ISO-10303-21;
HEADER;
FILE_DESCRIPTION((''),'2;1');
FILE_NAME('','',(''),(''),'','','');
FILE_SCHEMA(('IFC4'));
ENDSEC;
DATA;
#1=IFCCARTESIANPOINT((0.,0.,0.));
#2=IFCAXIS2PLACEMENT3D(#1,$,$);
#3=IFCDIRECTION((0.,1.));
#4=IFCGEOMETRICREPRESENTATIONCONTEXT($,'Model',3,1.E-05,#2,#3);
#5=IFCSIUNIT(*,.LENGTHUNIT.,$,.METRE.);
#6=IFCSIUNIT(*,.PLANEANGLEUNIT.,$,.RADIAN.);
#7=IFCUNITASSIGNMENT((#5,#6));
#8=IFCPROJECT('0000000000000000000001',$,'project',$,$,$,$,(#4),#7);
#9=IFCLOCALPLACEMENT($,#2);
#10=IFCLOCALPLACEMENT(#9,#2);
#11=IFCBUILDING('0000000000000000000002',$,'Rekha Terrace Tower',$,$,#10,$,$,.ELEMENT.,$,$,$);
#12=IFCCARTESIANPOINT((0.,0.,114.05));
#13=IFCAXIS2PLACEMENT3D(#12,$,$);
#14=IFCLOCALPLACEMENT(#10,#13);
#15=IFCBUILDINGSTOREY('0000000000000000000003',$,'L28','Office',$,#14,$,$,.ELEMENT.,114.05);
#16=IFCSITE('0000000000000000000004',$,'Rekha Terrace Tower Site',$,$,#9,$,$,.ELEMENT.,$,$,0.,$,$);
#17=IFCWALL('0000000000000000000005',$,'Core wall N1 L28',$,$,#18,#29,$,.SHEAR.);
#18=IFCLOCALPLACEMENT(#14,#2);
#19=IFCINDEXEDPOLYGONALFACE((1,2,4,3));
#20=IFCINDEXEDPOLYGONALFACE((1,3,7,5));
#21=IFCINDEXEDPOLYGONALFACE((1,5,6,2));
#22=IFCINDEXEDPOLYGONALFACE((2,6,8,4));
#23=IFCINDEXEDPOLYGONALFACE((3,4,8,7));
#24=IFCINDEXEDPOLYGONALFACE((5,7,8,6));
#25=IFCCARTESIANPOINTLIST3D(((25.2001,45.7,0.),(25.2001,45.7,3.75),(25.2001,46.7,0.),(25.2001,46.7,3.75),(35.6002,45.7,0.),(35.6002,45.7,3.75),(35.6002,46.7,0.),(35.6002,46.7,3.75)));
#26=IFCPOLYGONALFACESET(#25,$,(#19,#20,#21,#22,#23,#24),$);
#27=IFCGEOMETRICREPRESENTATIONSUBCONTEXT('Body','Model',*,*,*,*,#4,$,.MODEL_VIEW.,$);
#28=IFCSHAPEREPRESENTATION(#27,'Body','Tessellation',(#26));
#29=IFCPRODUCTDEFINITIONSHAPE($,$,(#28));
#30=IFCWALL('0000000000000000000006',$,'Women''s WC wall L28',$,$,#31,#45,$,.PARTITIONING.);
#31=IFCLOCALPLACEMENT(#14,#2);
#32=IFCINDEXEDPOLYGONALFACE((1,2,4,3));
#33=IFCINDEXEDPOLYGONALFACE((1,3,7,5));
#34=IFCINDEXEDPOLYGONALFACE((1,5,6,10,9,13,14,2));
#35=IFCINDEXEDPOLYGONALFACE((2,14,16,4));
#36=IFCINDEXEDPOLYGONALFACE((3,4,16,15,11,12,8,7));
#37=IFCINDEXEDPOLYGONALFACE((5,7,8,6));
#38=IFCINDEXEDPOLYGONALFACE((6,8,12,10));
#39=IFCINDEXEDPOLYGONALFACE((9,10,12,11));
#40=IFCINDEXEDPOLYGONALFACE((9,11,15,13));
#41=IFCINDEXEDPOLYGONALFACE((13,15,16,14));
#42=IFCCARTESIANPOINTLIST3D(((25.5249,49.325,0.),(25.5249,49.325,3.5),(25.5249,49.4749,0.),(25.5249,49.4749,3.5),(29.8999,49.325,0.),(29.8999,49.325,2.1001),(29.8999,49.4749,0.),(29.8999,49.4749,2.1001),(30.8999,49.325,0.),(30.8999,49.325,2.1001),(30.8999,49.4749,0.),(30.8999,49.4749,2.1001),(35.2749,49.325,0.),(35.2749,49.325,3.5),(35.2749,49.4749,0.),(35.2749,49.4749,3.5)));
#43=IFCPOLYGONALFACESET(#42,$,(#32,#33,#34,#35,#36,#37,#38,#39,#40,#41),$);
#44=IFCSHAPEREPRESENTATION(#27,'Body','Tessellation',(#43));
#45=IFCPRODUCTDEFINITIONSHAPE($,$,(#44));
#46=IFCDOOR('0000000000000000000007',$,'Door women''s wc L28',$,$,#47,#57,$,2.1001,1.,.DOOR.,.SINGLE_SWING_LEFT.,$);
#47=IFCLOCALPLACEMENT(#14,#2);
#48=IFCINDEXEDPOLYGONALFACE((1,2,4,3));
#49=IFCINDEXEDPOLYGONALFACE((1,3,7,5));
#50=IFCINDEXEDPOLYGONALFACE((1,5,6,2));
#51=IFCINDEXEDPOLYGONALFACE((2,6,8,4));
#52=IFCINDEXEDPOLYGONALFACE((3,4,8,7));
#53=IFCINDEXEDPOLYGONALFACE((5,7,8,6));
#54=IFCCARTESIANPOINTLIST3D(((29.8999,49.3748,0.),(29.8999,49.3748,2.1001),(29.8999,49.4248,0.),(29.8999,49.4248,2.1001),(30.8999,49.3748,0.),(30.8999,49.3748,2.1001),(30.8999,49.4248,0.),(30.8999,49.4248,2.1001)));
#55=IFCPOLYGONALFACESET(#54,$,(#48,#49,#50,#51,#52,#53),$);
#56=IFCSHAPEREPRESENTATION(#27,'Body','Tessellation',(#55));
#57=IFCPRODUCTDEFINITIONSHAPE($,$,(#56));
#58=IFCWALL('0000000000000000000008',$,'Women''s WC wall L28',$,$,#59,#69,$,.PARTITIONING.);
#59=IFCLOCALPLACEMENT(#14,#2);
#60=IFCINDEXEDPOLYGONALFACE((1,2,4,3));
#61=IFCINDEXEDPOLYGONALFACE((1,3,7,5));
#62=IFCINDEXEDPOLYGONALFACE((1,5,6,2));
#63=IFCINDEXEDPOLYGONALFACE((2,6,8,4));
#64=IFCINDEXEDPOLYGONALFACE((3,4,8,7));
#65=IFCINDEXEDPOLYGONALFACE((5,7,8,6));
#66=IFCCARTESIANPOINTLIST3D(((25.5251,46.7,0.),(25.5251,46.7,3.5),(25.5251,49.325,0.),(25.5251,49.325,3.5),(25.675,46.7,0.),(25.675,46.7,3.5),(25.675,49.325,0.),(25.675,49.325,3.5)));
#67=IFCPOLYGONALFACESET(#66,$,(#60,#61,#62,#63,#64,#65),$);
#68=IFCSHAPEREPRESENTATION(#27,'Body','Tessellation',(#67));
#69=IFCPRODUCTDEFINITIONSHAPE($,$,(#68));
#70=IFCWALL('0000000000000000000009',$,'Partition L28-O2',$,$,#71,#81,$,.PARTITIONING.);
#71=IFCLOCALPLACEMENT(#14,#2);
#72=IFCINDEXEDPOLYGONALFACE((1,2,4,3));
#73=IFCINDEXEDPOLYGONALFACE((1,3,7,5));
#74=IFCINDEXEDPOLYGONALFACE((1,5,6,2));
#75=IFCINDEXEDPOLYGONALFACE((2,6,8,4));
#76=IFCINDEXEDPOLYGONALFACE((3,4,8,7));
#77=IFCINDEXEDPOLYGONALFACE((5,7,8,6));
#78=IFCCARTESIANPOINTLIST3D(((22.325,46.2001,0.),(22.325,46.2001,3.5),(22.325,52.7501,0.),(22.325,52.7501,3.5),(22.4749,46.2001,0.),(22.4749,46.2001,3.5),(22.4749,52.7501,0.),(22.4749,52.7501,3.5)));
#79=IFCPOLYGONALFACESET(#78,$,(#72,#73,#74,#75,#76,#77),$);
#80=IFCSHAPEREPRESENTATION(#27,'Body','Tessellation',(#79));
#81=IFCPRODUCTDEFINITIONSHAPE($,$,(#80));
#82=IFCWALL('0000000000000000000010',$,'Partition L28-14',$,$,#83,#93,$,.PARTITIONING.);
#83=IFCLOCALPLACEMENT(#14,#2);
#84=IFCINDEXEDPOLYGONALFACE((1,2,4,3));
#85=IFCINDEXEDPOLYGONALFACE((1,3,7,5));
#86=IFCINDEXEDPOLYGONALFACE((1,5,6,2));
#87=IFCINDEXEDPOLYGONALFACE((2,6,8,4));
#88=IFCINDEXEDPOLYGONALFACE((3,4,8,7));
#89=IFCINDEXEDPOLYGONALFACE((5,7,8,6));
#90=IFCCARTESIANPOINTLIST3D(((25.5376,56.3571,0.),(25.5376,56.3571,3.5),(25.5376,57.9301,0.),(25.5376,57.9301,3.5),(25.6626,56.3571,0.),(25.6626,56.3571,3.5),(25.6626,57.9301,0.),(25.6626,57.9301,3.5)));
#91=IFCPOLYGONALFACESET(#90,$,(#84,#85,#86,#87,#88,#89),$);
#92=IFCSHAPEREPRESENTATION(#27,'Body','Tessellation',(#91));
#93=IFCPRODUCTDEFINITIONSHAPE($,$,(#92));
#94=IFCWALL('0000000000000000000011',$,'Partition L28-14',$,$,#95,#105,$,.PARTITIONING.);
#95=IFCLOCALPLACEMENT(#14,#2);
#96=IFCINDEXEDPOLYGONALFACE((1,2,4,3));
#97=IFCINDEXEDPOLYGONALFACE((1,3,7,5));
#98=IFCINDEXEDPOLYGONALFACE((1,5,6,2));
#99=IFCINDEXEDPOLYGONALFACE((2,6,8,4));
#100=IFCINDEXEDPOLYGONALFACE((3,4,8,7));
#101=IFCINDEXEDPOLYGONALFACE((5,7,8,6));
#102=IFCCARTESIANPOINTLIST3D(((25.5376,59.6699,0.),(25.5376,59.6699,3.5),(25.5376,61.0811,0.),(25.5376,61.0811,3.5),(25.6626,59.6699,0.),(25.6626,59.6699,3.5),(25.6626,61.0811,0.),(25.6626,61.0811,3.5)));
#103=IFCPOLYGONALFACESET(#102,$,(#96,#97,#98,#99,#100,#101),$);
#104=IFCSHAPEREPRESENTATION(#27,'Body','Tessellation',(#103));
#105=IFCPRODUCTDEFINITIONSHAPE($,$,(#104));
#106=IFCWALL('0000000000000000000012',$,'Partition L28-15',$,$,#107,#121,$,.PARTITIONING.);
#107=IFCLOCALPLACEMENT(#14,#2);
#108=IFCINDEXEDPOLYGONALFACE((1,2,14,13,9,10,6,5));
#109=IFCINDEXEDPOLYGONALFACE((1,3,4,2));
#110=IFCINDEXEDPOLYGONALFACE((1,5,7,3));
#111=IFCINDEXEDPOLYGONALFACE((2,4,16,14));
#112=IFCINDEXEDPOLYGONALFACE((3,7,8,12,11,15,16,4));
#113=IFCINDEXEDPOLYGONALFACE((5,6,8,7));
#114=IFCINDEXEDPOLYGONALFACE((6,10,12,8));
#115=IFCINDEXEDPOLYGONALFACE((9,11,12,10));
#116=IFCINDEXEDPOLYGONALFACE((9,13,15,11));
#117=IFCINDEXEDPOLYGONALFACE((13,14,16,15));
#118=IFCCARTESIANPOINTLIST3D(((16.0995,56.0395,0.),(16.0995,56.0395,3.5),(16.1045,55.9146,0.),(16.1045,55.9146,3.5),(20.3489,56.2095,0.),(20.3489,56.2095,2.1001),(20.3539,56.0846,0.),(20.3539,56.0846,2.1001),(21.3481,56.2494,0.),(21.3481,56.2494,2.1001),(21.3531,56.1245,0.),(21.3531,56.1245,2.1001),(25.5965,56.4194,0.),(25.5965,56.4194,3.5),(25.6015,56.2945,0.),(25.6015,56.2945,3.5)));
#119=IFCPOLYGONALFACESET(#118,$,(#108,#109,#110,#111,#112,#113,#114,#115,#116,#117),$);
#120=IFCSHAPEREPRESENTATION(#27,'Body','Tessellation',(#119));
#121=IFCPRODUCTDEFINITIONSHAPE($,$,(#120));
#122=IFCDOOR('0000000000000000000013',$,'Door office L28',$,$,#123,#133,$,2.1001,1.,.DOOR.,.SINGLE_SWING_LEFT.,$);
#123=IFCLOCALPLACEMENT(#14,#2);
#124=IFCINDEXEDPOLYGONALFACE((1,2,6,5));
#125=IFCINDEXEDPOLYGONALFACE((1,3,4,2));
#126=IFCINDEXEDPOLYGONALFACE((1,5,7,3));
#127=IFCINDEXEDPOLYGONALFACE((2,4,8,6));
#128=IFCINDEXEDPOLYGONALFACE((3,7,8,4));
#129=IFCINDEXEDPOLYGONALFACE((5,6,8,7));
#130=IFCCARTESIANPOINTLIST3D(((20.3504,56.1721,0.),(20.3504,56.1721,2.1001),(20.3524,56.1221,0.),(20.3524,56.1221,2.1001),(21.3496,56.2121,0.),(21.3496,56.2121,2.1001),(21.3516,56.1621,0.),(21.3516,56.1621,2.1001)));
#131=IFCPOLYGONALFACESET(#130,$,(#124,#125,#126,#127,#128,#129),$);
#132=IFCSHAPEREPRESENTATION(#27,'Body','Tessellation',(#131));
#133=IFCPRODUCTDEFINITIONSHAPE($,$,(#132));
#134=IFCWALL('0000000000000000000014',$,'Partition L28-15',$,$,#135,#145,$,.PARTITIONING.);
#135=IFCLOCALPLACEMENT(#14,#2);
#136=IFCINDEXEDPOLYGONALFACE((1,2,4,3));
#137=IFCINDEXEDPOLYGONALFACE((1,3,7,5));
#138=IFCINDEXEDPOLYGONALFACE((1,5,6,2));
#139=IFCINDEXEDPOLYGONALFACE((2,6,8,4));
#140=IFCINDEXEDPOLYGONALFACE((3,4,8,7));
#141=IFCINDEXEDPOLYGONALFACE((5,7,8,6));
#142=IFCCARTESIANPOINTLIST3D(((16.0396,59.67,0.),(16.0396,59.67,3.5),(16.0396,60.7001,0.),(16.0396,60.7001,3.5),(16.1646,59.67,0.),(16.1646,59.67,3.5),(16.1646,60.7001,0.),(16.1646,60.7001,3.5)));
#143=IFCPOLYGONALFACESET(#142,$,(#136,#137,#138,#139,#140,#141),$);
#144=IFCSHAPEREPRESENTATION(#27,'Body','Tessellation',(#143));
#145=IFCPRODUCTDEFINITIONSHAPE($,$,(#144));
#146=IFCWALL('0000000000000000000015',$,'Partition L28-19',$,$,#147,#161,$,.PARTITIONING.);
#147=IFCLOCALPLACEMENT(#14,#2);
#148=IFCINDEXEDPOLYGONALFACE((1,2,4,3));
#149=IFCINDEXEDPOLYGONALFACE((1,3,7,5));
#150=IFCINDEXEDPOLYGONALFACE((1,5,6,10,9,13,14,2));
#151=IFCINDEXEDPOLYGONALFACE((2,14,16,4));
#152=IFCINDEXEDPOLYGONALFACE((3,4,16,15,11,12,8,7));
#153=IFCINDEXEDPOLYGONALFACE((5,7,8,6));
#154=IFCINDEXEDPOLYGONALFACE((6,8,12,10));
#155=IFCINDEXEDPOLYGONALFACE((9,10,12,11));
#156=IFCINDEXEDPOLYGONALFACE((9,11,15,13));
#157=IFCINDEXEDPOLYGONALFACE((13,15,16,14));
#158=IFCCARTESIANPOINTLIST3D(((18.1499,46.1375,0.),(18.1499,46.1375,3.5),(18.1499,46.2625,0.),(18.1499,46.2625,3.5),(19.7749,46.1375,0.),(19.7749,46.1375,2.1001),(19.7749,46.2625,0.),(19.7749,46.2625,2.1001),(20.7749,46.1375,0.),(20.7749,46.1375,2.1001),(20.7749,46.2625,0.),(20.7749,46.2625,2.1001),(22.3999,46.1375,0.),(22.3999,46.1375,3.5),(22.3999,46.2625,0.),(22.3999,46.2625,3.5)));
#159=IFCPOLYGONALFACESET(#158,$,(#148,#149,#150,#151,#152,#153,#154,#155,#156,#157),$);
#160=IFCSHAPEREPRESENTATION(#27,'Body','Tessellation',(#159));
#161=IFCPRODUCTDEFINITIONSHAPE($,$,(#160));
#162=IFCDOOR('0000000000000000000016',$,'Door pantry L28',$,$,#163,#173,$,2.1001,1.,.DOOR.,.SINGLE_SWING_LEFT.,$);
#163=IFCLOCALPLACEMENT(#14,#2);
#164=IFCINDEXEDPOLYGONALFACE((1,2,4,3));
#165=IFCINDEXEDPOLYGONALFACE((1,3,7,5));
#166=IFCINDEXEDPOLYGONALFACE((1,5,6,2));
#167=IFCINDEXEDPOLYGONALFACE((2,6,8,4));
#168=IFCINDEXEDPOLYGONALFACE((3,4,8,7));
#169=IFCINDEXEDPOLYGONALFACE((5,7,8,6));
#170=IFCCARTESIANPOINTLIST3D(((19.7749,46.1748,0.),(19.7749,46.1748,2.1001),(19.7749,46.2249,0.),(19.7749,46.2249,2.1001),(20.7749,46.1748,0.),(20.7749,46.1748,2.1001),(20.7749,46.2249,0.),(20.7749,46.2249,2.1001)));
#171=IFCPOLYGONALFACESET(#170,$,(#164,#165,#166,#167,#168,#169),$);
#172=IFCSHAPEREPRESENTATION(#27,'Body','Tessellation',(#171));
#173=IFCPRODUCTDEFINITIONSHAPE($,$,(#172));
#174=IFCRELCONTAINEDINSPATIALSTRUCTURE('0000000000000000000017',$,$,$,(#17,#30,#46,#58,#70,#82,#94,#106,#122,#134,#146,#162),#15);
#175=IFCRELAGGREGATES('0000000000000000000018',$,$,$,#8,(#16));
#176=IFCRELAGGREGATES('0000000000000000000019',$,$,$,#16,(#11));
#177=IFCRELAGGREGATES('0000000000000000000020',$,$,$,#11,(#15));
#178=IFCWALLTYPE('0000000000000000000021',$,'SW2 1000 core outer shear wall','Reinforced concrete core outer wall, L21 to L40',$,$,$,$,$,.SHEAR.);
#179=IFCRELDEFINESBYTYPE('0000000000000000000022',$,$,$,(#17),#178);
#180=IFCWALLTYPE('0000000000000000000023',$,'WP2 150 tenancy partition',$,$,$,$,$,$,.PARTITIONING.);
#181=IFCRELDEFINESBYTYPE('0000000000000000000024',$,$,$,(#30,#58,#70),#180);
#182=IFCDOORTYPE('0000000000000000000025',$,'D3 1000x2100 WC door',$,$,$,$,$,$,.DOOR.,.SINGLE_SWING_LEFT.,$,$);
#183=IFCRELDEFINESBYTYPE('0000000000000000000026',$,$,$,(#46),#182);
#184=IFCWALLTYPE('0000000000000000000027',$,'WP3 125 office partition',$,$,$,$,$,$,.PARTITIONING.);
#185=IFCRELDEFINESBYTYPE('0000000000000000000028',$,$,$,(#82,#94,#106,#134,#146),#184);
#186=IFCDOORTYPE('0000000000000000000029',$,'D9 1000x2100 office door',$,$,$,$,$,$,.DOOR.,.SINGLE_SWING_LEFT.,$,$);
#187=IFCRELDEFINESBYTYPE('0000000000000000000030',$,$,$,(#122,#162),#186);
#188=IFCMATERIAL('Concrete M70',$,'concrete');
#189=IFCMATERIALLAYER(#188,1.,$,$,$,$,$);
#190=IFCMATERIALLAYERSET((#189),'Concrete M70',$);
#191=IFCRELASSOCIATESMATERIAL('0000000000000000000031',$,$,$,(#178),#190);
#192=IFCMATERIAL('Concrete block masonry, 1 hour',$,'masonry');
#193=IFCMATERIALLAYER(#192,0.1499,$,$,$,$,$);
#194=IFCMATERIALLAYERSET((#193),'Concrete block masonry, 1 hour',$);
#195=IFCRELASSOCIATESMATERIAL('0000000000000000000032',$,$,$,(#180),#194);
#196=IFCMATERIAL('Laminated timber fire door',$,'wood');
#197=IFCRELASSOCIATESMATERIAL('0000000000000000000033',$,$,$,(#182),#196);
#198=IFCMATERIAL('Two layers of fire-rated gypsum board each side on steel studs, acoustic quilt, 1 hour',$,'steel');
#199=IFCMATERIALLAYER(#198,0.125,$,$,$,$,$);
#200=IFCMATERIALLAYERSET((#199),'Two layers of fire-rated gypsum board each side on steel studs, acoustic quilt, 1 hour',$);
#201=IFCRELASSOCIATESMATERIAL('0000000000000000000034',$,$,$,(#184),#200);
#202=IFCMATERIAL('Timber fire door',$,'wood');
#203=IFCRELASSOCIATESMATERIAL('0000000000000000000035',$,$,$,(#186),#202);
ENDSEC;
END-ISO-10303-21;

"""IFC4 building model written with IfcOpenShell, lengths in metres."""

from ifc_helpers import new_model, si_unit, direction, frame, frame_2d, origin, place, context, subcontext, project, spatial, rectangle, extrude, material, layer, layer_set, type_object, element, fill, save


model = new_model("IFC4")

# Units and contexts
model_context = context("Model", 3, precision=1e-05, world=origin(), true_north=direction((0.0, 1.0)))
body_context = subcontext(model_context, "Body", "Model", "MODEL_VIEW")
ifc_project = project(units=[si_unit("LENGTHUNIT", "METRE"), si_unit("PLANEANGLEUNIT", "RADIAN")], contexts=[model_context])

# Site, building, storey
site_placement = place(None, origin())
site = spatial("IfcSite", under=ifc_project, at=site_placement, Name="Rekha Terrace Tower Site", CompositionType="ELEMENT", RefElevation=0.0)
building_placement = place(site_placement, origin())
building = spatial("IfcBuilding", under=site, at=building_placement, Name="Rekha Terrace Tower", CompositionType="ELEMENT")
storey_placement = place(building_placement, frame((0.0, 0.0, 114.05)))
storey = spatial("IfcBuildingStorey", under=building, at=storey_placement, Name="L28", Description="Office", CompositionType="ELEMENT", Elevation=114.05)

# Shared definitions
ifc_material_1 = material(Name="Concrete M70", Category="concrete")

# Wall
ifc_layer_1 = layer(ifc_material_1, 1.0)
ifc_layer_set_1 = layer_set([ifc_layer_1], Name="Concrete M70")
wall_type_1 = type_object("IfcWallType", Name="SW2 1000 core outer shear wall", Description="Reinforced concrete core outer wall, L21 to L40", PredefinedType="SHEAR", material=ifc_layer_set_1)
wall_1_placement = place(storey_placement, frame((25.2, 46.2, 0.0), z_axis=(0.0, 0.0, 1.0), x_axis=(1.0, 0.0, 0.0)))
element("IfcWall", 1, at=wall_1_placement, inside=storey, type_object=wall_type_1, Name="Core wall N1 L28", PredefinedType="SHEAR", context=body_context, shape_type="SweptSolid", body=[
    extrude(rectangle(XDim=10.4001, YDim=1.0, at=frame_2d((5.2002, 0.0))), origin(), (0.0, 0.0, 1.0), 3.75),
])

# Wall, opening, door
ifc_material_2 = material(Name="Concrete block masonry, 1 hour", Category="masonry")
ifc_layer_2 = layer(ifc_material_2, 0.1499)
ifc_layer_set_2 = layer_set([ifc_layer_2], Name="Concrete block masonry, 1 hour")
wall_type_2 = type_object("IfcWallType", Name="WP2 150 tenancy partition", PredefinedType="PARTITIONING", material=ifc_layer_set_2)
wall_2_placement = place(storey_placement, frame((25.5249, 49.3999, 0.0), z_axis=(0.0, 0.0, 1.0), x_axis=(1.0, 0.0, 0.0)))
wall_2 = element("IfcWall", 2, at=wall_2_placement, inside=storey, type_object=wall_type_2, Name="Women's WC wall L28", PredefinedType="PARTITIONING", context=body_context, shape_type="SweptSolid", body=[
    extrude(rectangle(XDim=9.75, YDim=0.1499, at=frame_2d((4.875, 0.0))), origin(), (0.0, 0.0, 1.0), 3.5),
])
opening_1_placement = place(wall_2_placement, frame((4.375, 0.0, 0.0)))
opening_1 = element("IfcOpeningElement", 3, at=opening_1_placement, cuts=wall_2, PredefinedType="OPENING", context=body_context, shape_type="SweptSolid", body=[
    extrude(rectangle(XDim=1.0, YDim=2.1001, at=frame_2d((0.5, 1.05))), frame((0.0, 0.085, 0.0), z_axis=(0.0, -1.0, 0.0), x_axis=(1.0, 0.0, 0.0)), (0.0, 0.0, 1.0), 0.1699),
])
ifc_material_3 = material(Name="Laminated timber fire door", Category="wood")
door_type_1 = type_object("IfcDoorType", Name="D3 1000x2100 WC door", OperationType="SINGLE_SWING_LEFT", PredefinedType="DOOR", material=ifc_material_3)
door_1_placement = place(opening_1_placement, origin())
door_1 = element("IfcDoor", 4, at=door_1_placement, inside=storey, type_object=door_type_1, Name="Door women's wc L28", OperationType="SINGLE_SWING_LEFT", OverallHeight=2.1001, OverallWidth=1.0, PredefinedType="DOOR", context=body_context, shape_type="SweptSolid", body=[
    extrude(rectangle(XDim=1.0, YDim=2.1001, at=frame_2d((0.5, 1.05))), frame((0.0, 0.0249, 0.0), z_axis=(0.0, -1.0, 0.0), x_axis=(1.0, 0.0, 0.0)), (0.0, 0.0, 1.0), 0.05),
])
fill(opening_1, door_1)

# Walls
wall_3_placement = place(storey_placement, frame((25.6001, 46.7, 0.0), z_axis=(0.0, 0.0, 1.0), x_axis=(0.0, 1.0, 0.0)))
element("IfcWall", 5, at=wall_3_placement, inside=storey, type_object=wall_type_2, Name="Women's WC wall L28", PredefinedType="PARTITIONING", context=body_context, shape_type="SweptSolid", body=[
    extrude(rectangle(XDim=2.625, YDim=0.1499, at=frame_2d((1.3125, 0.0))), origin(), (0.0, 0.0, 1.0), 3.5),
])
wall_4_placement = place(storey_placement, frame((22.3999, 52.75, 0.0), z_axis=(0.0, 0.0, 1.0), x_axis=(0.0, -1.0, 0.0)))
element("IfcWall", 6, at=wall_4_placement, inside=storey, type_object=wall_type_2, Name="Partition L28-O2", PredefinedType="PARTITIONING", context=body_context, shape_type="SweptSolid", body=[
    extrude(rectangle(XDim=6.55, YDim=0.1499, at=frame_2d((3.2749, 0.0))), origin(), (0.0, 0.0, 1.0), 3.5),
])
ifc_material_4 = material(Name="Two layers of fire-rated gypsum board each side on steel studs, acoustic quilt, 1 hour", Category="steel")
ifc_layer_3 = layer(ifc_material_4, 0.125)
ifc_layer_set_3 = layer_set([ifc_layer_3], Name="Two layers of fire-rated gypsum board each side on steel studs, acoustic quilt, 1 hour")
wall_type_3 = type_object("IfcWallType", Name="WP3 125 office partition", PredefinedType="PARTITIONING", material=ifc_layer_set_3)
wall_5_placement = place(storey_placement, frame((25.6001, 56.3569, 0.0), z_axis=(0.0, 0.0, 1.0), x_axis=(0.0, 1.0, 0.0)))
element("IfcWall", 7, at=wall_5_placement, inside=storey, type_object=wall_type_3, Name="Partition L28-14", PredefinedType="PARTITIONING", context=body_context, shape_type="SweptSolid", body=[
    extrude(rectangle(XDim=1.573, YDim=0.125, at=frame_2d((0.7866, 0.0))), origin(), (0.0, 0.0, 1.0), 3.5),
])
wall_6_placement = place(storey_placement, frame((25.6001, 59.6699, 0.0), z_axis=(0.0, 0.0, 1.0), x_axis=(0.0, 1.0, 0.0)))
element("IfcWall", 8, at=wall_6_placement, inside=storey, type_object=wall_type_3, Name="Partition L28-14", PredefinedType="PARTITIONING", context=body_context, shape_type="SweptSolid", body=[
    extrude(rectangle(XDim=1.4111, YDim=0.125, at=frame_2d((0.7056, 0.0))), origin(), (0.0, 0.0, 1.0), 3.5),
])

# Wall, opening, door
wall_7_placement = place(storey_placement, frame((25.5991, 56.3569, 0.0), z_axis=(0.0, 0.0, 1.0), x_axis=(-0.999201, -0.039968, 0.0)))
wall_7 = element("IfcWall", 9, at=wall_7_placement, inside=storey, type_object=wall_type_3, Name="Partition L28-15", PredefinedType="PARTITIONING", context=body_context, shape_type="SweptSolid", body=[
    extrude(rectangle(XDim=9.5046, YDim=0.125, at=frame_2d((4.7524, 0.0))), origin(), (0.0, 0.0, 1.0), 3.5),
])
opening_2_placement = place(wall_7_placement, frame((4.252, 0.0, 0.0)))
opening_2 = element("IfcOpeningElement", 10, at=opening_2_placement, cuts=wall_7, PredefinedType="OPENING", context=body_context, shape_type="SweptSolid", body=[
    extrude(rectangle(XDim=1.0, YDim=2.1001, at=frame_2d((0.5, 1.05))), frame((0.0, 0.0725, 0.0), z_axis=(0.0, -1.0, 0.0), x_axis=(1.0, 0.0, 0.0)), (0.0, 0.0, 1.0), 0.145),
])
ifc_material_5 = material(Name="Timber fire door", Category="wood")
door_type_2 = type_object("IfcDoorType", Name="D9 1000x2100 office door", OperationType="SINGLE_SWING_LEFT", PredefinedType="DOOR", material=ifc_material_5)
door_2_placement = place(opening_2_placement, origin())
door_2 = element("IfcDoor", 11, at=door_2_placement, inside=storey, type_object=door_type_2, Name="Door office L28", OperationType="SINGLE_SWING_LEFT", OverallHeight=2.1001, OverallWidth=1.0, PredefinedType="DOOR", context=body_context, shape_type="SweptSolid", body=[
    extrude(rectangle(XDim=1.0, YDim=2.1001, at=frame_2d((0.5, 1.05))), frame((0.0, 0.0249, 0.0), z_axis=(0.0, -1.0, 0.0), x_axis=(1.0, 0.0, 0.0)), (0.0, 0.0, 1.0), 0.05),
])
fill(opening_2, door_2)

# Wall
wall_8_placement = place(storey_placement, frame((16.1021, 59.6699, 0.0), z_axis=(0.0, 0.0, 1.0), x_axis=(0.0, 1.0, 0.0)))
element("IfcWall", 12, at=wall_8_placement, inside=storey, type_object=wall_type_3, Name="Partition L28-15", PredefinedType="PARTITIONING", context=body_context, shape_type="SweptSolid", body=[
    extrude(rectangle(XDim=1.03, YDim=0.125, at=frame_2d((0.5151, 0.0))), origin(), (0.0, 0.0, 1.0), 3.5),
])

# Wall, opening, door
wall_9_placement = place(storey_placement, frame((18.1499, 46.2, 0.0), z_axis=(0.0, 0.0, 1.0), x_axis=(1.0, 0.0, 0.0)))
wall_9 = element("IfcWall", 13, at=wall_9_placement, inside=storey, type_object=wall_type_3, Name="Partition L28-19", PredefinedType="PARTITIONING", context=body_context, shape_type="SweptSolid", body=[
    extrude(rectangle(XDim=4.25, YDim=0.125, at=frame_2d((2.125, 0.0))), origin(), (0.0, 0.0, 1.0), 3.5),
])
opening_3_placement = place(wall_9_placement, frame((1.625, 0.0, 0.0)))
opening_3 = element("IfcOpeningElement", 14, at=opening_3_placement, cuts=wall_9, PredefinedType="OPENING", context=body_context, shape_type="SweptSolid", body=[
    extrude(rectangle(XDim=1.0, YDim=2.1001, at=frame_2d((0.5, 1.05))), frame((0.0, 0.0725, 0.0), z_axis=(0.0, -1.0, 0.0), x_axis=(1.0, 0.0, 0.0)), (0.0, 0.0, 1.0), 0.145),
])
door_3_placement = place(opening_3_placement, origin())
door_3 = element("IfcDoor", 15, at=door_3_placement, inside=storey, type_object=door_type_2, Name="Door pantry L28", OperationType="SINGLE_SWING_LEFT", OverallHeight=2.1001, OverallWidth=1.0, PredefinedType="DOOR", context=body_context, shape_type="SweptSolid", body=[
    extrude(rectangle(XDim=1.0, YDim=2.1001, at=frame_2d((0.5, 1.05))), frame((0.0, 0.0249, 0.0), z_axis=(0.0, -1.0, 0.0), x_axis=(1.0, 0.0, 0.0)), (0.0, 0.0, 1.0), 0.05),
])
fill(opening_3, door_3)

save(model, "model.ifc")
